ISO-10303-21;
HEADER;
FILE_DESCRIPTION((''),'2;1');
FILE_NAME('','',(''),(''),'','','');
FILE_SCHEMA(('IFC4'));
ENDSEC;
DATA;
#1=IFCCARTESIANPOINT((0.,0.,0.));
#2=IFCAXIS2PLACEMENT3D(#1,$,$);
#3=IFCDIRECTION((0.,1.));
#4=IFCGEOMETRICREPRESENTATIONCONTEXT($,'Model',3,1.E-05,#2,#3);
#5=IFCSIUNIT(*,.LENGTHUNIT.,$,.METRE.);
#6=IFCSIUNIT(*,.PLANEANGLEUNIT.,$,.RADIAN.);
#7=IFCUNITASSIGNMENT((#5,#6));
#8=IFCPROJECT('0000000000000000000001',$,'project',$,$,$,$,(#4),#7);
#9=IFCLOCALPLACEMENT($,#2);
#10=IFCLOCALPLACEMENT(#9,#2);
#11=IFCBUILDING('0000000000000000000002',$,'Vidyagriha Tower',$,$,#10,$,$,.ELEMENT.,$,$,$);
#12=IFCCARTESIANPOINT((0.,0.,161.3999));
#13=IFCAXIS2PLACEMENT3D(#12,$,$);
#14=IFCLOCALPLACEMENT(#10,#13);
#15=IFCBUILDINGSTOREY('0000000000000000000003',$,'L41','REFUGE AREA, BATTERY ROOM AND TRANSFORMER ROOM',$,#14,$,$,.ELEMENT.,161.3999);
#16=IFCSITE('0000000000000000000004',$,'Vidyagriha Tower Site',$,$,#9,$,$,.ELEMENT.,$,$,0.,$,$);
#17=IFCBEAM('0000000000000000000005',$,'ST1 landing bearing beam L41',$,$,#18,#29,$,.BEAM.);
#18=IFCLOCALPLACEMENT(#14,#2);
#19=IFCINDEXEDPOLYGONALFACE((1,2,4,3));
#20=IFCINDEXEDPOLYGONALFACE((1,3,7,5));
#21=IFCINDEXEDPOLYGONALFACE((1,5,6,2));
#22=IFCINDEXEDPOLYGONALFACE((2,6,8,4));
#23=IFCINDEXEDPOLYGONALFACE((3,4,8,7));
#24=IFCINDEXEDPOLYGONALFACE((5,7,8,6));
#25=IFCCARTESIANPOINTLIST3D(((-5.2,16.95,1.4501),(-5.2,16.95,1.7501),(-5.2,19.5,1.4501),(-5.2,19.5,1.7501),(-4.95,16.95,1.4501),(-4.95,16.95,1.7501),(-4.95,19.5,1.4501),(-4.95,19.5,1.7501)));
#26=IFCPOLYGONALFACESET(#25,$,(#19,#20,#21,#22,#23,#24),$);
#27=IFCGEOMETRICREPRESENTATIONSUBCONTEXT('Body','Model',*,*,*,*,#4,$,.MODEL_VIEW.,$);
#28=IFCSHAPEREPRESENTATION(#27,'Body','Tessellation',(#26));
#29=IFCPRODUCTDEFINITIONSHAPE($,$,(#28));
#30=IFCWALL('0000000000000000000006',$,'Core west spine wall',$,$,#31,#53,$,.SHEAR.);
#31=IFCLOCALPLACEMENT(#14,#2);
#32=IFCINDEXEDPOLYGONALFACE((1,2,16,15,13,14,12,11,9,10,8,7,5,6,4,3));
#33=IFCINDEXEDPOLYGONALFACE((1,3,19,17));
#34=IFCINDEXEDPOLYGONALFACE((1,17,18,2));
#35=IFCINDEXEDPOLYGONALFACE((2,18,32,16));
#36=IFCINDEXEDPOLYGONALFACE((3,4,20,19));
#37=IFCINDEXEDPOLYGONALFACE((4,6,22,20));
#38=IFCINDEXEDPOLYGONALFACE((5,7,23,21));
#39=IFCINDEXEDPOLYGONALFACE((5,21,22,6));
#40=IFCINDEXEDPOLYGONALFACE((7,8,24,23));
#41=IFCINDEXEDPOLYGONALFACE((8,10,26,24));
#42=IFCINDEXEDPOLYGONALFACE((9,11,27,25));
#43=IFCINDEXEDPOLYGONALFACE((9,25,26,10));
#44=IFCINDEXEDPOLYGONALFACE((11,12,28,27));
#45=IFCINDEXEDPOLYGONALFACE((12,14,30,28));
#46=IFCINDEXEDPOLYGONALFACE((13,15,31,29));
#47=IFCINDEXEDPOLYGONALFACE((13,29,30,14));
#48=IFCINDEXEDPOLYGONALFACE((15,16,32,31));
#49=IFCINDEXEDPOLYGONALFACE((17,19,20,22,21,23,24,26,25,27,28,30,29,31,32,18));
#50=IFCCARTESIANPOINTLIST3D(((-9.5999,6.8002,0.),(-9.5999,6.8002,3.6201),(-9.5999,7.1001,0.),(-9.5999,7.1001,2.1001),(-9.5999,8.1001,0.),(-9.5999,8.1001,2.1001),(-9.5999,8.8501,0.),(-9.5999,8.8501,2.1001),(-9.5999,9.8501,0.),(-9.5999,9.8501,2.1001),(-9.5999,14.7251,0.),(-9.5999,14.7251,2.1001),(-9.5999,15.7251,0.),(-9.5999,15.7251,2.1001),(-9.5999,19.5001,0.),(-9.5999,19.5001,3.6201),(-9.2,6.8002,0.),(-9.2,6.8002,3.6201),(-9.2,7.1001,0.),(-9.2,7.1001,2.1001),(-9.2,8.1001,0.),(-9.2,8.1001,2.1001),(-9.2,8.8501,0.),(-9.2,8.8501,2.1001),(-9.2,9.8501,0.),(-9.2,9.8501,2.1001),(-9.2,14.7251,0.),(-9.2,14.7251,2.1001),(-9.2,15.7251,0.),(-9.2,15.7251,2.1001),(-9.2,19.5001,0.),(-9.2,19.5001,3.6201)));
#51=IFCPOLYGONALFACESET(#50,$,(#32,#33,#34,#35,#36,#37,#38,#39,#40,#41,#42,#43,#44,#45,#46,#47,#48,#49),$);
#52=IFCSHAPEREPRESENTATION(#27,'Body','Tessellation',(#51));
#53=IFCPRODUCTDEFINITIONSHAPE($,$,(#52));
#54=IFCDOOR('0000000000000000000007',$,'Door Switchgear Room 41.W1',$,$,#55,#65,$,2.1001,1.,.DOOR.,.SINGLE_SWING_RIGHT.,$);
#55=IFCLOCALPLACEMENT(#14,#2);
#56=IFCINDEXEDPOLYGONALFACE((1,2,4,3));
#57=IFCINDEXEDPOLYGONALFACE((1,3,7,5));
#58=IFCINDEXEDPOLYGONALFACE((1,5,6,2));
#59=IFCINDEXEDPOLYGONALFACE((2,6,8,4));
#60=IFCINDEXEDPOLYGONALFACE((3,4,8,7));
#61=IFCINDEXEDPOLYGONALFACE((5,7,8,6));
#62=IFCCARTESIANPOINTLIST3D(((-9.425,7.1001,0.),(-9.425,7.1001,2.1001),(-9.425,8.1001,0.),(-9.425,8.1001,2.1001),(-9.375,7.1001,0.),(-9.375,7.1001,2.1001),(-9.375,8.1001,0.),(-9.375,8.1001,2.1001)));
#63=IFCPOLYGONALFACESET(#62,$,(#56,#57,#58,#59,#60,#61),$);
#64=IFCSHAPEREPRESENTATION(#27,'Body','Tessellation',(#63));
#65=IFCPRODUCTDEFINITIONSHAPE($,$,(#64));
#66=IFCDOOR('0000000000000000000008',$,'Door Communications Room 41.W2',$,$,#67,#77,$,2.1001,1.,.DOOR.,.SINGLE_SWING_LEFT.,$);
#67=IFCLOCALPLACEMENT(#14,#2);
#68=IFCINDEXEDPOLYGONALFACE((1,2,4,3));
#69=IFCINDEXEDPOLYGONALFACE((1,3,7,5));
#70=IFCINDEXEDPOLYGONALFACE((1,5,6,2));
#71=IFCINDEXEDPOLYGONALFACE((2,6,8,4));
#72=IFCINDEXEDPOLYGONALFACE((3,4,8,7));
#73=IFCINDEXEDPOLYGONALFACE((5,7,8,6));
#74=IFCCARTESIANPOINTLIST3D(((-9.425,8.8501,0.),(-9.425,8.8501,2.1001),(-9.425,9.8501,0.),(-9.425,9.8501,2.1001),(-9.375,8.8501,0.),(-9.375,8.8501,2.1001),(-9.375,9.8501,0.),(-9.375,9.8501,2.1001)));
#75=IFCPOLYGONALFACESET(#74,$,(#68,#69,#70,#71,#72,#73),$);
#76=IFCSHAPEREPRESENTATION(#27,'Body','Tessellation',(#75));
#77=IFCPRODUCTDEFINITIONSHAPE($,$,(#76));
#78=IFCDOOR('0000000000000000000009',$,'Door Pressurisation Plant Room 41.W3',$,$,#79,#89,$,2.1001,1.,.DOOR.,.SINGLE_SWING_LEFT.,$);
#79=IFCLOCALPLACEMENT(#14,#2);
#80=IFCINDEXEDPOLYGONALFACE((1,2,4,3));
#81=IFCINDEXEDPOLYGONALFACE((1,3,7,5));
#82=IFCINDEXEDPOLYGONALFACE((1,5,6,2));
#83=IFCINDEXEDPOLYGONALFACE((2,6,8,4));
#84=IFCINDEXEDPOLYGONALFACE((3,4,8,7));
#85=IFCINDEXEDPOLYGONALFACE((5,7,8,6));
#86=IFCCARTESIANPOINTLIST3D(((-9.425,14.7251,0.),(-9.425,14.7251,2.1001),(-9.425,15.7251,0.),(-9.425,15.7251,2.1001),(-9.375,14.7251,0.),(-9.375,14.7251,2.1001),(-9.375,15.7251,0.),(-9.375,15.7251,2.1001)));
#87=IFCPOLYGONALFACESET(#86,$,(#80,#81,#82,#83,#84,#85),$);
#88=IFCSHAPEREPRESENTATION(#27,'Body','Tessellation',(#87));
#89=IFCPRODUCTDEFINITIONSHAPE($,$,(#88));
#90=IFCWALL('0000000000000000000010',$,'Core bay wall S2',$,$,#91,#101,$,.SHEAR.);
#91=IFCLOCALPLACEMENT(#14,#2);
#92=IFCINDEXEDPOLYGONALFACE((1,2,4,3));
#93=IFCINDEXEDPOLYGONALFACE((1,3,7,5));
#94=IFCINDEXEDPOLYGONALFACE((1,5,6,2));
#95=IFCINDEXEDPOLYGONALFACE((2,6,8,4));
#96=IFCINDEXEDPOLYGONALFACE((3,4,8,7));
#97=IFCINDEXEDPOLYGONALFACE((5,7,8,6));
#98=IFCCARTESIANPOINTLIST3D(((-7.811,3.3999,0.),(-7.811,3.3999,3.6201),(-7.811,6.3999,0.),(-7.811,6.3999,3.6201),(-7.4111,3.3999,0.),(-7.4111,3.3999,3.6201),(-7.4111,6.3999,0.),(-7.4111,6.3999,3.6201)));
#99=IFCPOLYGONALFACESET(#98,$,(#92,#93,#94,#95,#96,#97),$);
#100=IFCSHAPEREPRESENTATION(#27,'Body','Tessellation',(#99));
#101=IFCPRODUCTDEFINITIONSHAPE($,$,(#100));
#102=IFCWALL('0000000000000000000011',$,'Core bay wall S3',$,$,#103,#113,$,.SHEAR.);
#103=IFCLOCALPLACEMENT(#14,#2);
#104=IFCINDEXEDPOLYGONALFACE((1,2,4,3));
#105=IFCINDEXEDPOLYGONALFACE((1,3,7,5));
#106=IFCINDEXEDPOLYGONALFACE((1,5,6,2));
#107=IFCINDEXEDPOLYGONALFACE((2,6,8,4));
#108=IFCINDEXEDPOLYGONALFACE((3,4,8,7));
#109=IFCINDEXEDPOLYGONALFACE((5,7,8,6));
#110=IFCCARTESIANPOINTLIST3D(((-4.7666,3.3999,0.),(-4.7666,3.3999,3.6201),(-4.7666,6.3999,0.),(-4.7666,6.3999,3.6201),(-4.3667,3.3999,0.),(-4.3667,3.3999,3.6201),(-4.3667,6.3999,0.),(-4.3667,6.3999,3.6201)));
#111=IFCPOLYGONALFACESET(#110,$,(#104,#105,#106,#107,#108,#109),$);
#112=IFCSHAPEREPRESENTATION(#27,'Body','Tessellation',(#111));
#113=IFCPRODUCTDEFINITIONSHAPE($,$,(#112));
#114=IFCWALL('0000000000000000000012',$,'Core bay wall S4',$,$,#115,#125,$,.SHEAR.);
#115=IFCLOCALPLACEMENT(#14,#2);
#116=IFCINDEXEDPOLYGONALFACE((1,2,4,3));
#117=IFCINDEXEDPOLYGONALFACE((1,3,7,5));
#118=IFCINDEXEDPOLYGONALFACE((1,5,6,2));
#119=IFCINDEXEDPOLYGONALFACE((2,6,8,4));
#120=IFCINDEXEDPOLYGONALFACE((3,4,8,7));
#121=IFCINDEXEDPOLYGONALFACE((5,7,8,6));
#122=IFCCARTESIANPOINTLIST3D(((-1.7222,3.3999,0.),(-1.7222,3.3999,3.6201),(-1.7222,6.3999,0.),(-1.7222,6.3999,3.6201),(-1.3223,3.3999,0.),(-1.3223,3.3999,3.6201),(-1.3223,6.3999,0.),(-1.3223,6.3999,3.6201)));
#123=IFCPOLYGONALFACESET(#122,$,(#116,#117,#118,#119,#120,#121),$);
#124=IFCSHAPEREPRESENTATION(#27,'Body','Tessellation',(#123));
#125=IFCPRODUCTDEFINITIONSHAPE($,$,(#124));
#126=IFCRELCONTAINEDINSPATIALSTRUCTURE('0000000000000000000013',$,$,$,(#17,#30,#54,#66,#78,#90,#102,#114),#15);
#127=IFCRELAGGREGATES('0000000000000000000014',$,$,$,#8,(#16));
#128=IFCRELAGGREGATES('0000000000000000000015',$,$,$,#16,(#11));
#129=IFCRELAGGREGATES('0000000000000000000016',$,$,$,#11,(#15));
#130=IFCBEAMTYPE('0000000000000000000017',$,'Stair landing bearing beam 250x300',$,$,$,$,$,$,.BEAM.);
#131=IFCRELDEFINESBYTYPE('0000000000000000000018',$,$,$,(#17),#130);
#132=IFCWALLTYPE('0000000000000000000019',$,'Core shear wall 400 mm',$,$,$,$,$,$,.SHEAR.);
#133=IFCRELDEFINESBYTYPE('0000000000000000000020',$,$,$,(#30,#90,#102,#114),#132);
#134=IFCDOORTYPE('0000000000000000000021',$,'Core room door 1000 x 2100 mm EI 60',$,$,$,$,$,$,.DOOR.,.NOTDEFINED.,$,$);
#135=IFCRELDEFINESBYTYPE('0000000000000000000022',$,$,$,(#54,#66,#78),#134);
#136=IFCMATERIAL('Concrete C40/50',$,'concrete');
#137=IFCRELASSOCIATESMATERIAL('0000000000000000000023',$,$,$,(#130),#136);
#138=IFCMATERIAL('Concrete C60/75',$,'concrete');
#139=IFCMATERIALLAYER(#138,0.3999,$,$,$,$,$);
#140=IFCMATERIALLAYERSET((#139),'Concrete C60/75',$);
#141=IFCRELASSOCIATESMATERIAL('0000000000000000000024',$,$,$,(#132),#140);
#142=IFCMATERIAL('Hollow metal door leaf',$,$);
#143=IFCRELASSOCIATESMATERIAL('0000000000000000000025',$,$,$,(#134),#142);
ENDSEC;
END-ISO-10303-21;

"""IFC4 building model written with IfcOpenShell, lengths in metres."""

from ifc_helpers import new_model, si_unit, direction, frame, frame_2d, origin, origin_2d, place, context, subcontext, project, spatial, rectangle, extrude, material, layer, layer_set, material_profile, profile_set, type_object, element, fill, save


model = new_model("IFC4")

# Units and contexts
model_context = context("Model", 3, precision=1e-05, world=origin(), true_north=direction((0.0, 1.0)))
body_context = subcontext(model_context, "Body", "Model", "MODEL_VIEW")
ifc_project = project(units=[si_unit("LENGTHUNIT", "METRE"), si_unit("PLANEANGLEUNIT", "RADIAN")], contexts=[model_context])

# Site, building, storey
site_placement = place(None, origin())
site = spatial("IfcSite", under=ifc_project, at=site_placement, Name="Vidyagriha Tower Site", CompositionType="ELEMENT", RefElevation=0.0)
building_placement = place(site_placement, origin())
building = spatial("IfcBuilding", under=site, at=building_placement, Name="Vidyagriha Tower", CompositionType="ELEMENT")
storey_placement = place(building_placement, frame((0.0, 0.0, 161.3999)))
storey = spatial("IfcBuildingStorey", under=building, at=storey_placement, Name="L41", Description="REFUGE AREA, BATTERY ROOM AND TRANSFORMER ROOM", CompositionType="ELEMENT", Elevation=161.3999)

# Beam
ifc_material_1 = material(Name="Concrete C40/50", Category="concrete")
ifc_material_profile = material_profile(ifc_material_1, rectangle(XDim=0.25, YDim=0.3, at=origin_2d()), Name="Stair landing bearing beam 250x300")
ifc_profile_set = profile_set([ifc_material_profile], Name="Concrete C40/50")
beam_type = type_object("IfcBeamType", Name="Stair landing bearing beam 250x300", PredefinedType="BEAM", material=ifc_profile_set)
beam_placement = place(storey_placement, frame((-5.075, 16.95, 1.6001), z_axis=(0.0, 1.0, 0.0), x_axis=(-1.0, 0.0, 0.0)))
element("IfcBeam", 1, at=beam_placement, inside=storey, type_object=beam_type, Name="ST1 landing bearing beam L41", PredefinedType="BEAM", context=body_context, shape_type="SweptSolid", body=[
    extrude(rectangle(XDim=0.25, YDim=0.3, at=origin_2d()), origin(), (0.0, 0.0, 1.0), 2.55),
])

# Wall, openings, doors
ifc_material_2 = material(Name="Concrete C60/75", Category="concrete")
ifc_layer_1 = layer(ifc_material_2, 0.3999)
ifc_layer_set_1 = layer_set([ifc_layer_1], Name="Concrete C60/75")
wall_type_1 = type_object("IfcWallType", Name="Core shear wall 400 mm", PredefinedType="SHEAR", material=ifc_layer_set_1)
wall_1_placement = place(storey_placement, frame((-9.3999, 6.8, 0.0), z_axis=(0.0, 0.0, 1.0), x_axis=(0.0, 1.0, 0.0)))
wall_1 = element("IfcWall", 2, at=wall_1_placement, inside=storey, type_object=wall_type_1, Name="Core west spine wall", PredefinedType="SHEAR", context=body_context, shape_type="SweptSolid", body=[
    extrude(rectangle(XDim=12.7, YDim=0.3999, at=frame_2d((6.3501, 0.0))), origin(), (0.0, 0.0, 1.0), 3.6201),
])
opening_1_placement = place(wall_1_placement, frame((0.3, 0.0, 0.0)))
opening_1 = element("IfcOpeningElement", 3, at=opening_1_placement, cuts=wall_1, PredefinedType="OPENING", context=body_context, shape_type="SweptSolid", body=[
    extrude(rectangle(XDim=1.0, YDim=2.1001, at=frame_2d((0.5, 1.05))), frame((0.0, 0.21, 0.0), z_axis=(0.0, -1.0, 0.0), x_axis=(1.0, 0.0, 0.0)), (0.0, 0.0, 1.0), 0.4199),
])
opening_2_placement = place(wall_1_placement, frame((2.05, 0.0, 0.0)))
opening_2 = element("IfcOpeningElement", 4, at=opening_2_placement, cuts=wall_1, PredefinedType="OPENING", context=body_context, shape_type="SweptSolid", body=[
    extrude(rectangle(XDim=1.0, YDim=2.1001, at=frame_2d((0.5, 1.05))), frame((0.0, 0.21, 0.0), z_axis=(0.0, -1.0, 0.0), x_axis=(1.0, 0.0, 0.0)), (0.0, 0.0, 1.0), 0.4199),
])
opening_3_placement = place(wall_1_placement, frame((7.925, 0.0, 0.0)))
opening_3 = element("IfcOpeningElement", 5, at=opening_3_placement, cuts=wall_1, PredefinedType="OPENING", context=body_context, shape_type="SweptSolid", body=[
    extrude(rectangle(XDim=1.0, YDim=2.1001, at=frame_2d((0.5, 1.05))), frame((0.0, 0.21, 0.0), z_axis=(0.0, -1.0, 0.0), x_axis=(1.0, 0.0, 0.0)), (0.0, 0.0, 1.0), 0.4199),
])
ifc_material_3 = material(Name="Hollow metal door leaf")
door_type_1 = type_object("IfcDoorType", Name="Core room door 1000 x 2100 mm EI 60", OperationType="NOTDEFINED", PredefinedType="DOOR", material=ifc_material_3)
door_1_placement = place(opening_1_placement, frame((1.0, 0.0, 0.0), z_axis=(0.0, 0.0, 1.0), x_axis=(-1.0, 0.0, 0.0)))
door_1 = element("IfcDoor", 6, at=door_1_placement, inside=storey, type_object=door_type_1, Name="Door Switchgear Room 41.W1", OperationType="SINGLE_SWING_RIGHT", OverallHeight=2.1001, OverallWidth=1.0, PredefinedType="DOOR", context=body_context, shape_type="SweptSolid", body=[
    extrude(rectangle(XDim=1.0, YDim=2.1001, at=frame_2d((0.5, 1.05))), frame((0.0, 0.0249, 0.0), z_axis=(0.0, -1.0, 0.0), x_axis=(1.0, 0.0, 0.0)), (0.0, 0.0, 1.0), 0.05),
])
fill(opening_1, door_1)
door_2_placement = place(opening_2_placement, frame((1.0, 0.0, 0.0), z_axis=(0.0, 0.0, 1.0), x_axis=(-1.0, 0.0, 0.0)))
door_2 = element("IfcDoor", 7, at=door_2_placement, inside=storey, type_object=door_type_1, Name="Door Communications Room 41.W2", OperationType="SINGLE_SWING_LEFT", OverallHeight=2.1001, OverallWidth=1.0, PredefinedType="DOOR", context=body_context, shape_type="SweptSolid", body=[
    extrude(rectangle(XDim=1.0, YDim=2.1001, at=frame_2d((0.5, 1.05))), frame((0.0, 0.0249, 0.0), z_axis=(0.0, -1.0, 0.0), x_axis=(1.0, 0.0, 0.0)), (0.0, 0.0, 1.0), 0.05),
])
fill(opening_2, door_2)
door_3_placement = place(opening_3_placement, frame((1.0, 0.0, 0.0), z_axis=(0.0, 0.0, 1.0), x_axis=(-1.0, 0.0, 0.0)))
door_3 = element("IfcDoor", 8, at=door_3_placement, inside=storey, type_object=door_type_1, Name="Door Pressurisation Plant Room 41.W3", OperationType="SINGLE_SWING_LEFT", OverallHeight=2.1001, OverallWidth=1.0, PredefinedType="DOOR", context=body_context, shape_type="SweptSolid", body=[
    extrude(rectangle(XDim=1.0, YDim=2.1001, at=frame_2d((0.5, 1.05))), frame((0.0, 0.0249, 0.0), z_axis=(0.0, -1.0, 0.0), x_axis=(1.0, 0.0, 0.0)), (0.0, 0.0, 1.0), 0.05),
])
fill(opening_3, door_3)

# Walls
for number, where, z_axis, x_axis, name in (
    (9, (-7.6111, 3.3999, 0.0), (0.0, 0.0, 1.0), (0.0, 1.0, 0.0), "Core bay wall S2"),
    (10, (-4.5667, 3.3999, 0.0), (0.0, 0.0, 1.0), (0.0, 1.0, 0.0), "Core bay wall S3"),
    (11, (-1.5222, 3.3999, 0.0), (0.0, 0.0, 1.0), (0.0, 1.0, 0.0), "Core bay wall S4"),
):
    element("IfcWall", number, at=place(storey_placement, frame(where, z_axis=z_axis, x_axis=x_axis)), inside=storey, type_object=wall_type_1, Name=name, PredefinedType="SHEAR", context=body_context, shape_type="SweptSolid", body=[
        extrude(rectangle(XDim=3.0, YDim=0.3999, at=frame_2d((1.5, 0.0))), origin(), (0.0, 0.0, 1.0), 3.6201),
    ])

save(model, "model.ifc")
